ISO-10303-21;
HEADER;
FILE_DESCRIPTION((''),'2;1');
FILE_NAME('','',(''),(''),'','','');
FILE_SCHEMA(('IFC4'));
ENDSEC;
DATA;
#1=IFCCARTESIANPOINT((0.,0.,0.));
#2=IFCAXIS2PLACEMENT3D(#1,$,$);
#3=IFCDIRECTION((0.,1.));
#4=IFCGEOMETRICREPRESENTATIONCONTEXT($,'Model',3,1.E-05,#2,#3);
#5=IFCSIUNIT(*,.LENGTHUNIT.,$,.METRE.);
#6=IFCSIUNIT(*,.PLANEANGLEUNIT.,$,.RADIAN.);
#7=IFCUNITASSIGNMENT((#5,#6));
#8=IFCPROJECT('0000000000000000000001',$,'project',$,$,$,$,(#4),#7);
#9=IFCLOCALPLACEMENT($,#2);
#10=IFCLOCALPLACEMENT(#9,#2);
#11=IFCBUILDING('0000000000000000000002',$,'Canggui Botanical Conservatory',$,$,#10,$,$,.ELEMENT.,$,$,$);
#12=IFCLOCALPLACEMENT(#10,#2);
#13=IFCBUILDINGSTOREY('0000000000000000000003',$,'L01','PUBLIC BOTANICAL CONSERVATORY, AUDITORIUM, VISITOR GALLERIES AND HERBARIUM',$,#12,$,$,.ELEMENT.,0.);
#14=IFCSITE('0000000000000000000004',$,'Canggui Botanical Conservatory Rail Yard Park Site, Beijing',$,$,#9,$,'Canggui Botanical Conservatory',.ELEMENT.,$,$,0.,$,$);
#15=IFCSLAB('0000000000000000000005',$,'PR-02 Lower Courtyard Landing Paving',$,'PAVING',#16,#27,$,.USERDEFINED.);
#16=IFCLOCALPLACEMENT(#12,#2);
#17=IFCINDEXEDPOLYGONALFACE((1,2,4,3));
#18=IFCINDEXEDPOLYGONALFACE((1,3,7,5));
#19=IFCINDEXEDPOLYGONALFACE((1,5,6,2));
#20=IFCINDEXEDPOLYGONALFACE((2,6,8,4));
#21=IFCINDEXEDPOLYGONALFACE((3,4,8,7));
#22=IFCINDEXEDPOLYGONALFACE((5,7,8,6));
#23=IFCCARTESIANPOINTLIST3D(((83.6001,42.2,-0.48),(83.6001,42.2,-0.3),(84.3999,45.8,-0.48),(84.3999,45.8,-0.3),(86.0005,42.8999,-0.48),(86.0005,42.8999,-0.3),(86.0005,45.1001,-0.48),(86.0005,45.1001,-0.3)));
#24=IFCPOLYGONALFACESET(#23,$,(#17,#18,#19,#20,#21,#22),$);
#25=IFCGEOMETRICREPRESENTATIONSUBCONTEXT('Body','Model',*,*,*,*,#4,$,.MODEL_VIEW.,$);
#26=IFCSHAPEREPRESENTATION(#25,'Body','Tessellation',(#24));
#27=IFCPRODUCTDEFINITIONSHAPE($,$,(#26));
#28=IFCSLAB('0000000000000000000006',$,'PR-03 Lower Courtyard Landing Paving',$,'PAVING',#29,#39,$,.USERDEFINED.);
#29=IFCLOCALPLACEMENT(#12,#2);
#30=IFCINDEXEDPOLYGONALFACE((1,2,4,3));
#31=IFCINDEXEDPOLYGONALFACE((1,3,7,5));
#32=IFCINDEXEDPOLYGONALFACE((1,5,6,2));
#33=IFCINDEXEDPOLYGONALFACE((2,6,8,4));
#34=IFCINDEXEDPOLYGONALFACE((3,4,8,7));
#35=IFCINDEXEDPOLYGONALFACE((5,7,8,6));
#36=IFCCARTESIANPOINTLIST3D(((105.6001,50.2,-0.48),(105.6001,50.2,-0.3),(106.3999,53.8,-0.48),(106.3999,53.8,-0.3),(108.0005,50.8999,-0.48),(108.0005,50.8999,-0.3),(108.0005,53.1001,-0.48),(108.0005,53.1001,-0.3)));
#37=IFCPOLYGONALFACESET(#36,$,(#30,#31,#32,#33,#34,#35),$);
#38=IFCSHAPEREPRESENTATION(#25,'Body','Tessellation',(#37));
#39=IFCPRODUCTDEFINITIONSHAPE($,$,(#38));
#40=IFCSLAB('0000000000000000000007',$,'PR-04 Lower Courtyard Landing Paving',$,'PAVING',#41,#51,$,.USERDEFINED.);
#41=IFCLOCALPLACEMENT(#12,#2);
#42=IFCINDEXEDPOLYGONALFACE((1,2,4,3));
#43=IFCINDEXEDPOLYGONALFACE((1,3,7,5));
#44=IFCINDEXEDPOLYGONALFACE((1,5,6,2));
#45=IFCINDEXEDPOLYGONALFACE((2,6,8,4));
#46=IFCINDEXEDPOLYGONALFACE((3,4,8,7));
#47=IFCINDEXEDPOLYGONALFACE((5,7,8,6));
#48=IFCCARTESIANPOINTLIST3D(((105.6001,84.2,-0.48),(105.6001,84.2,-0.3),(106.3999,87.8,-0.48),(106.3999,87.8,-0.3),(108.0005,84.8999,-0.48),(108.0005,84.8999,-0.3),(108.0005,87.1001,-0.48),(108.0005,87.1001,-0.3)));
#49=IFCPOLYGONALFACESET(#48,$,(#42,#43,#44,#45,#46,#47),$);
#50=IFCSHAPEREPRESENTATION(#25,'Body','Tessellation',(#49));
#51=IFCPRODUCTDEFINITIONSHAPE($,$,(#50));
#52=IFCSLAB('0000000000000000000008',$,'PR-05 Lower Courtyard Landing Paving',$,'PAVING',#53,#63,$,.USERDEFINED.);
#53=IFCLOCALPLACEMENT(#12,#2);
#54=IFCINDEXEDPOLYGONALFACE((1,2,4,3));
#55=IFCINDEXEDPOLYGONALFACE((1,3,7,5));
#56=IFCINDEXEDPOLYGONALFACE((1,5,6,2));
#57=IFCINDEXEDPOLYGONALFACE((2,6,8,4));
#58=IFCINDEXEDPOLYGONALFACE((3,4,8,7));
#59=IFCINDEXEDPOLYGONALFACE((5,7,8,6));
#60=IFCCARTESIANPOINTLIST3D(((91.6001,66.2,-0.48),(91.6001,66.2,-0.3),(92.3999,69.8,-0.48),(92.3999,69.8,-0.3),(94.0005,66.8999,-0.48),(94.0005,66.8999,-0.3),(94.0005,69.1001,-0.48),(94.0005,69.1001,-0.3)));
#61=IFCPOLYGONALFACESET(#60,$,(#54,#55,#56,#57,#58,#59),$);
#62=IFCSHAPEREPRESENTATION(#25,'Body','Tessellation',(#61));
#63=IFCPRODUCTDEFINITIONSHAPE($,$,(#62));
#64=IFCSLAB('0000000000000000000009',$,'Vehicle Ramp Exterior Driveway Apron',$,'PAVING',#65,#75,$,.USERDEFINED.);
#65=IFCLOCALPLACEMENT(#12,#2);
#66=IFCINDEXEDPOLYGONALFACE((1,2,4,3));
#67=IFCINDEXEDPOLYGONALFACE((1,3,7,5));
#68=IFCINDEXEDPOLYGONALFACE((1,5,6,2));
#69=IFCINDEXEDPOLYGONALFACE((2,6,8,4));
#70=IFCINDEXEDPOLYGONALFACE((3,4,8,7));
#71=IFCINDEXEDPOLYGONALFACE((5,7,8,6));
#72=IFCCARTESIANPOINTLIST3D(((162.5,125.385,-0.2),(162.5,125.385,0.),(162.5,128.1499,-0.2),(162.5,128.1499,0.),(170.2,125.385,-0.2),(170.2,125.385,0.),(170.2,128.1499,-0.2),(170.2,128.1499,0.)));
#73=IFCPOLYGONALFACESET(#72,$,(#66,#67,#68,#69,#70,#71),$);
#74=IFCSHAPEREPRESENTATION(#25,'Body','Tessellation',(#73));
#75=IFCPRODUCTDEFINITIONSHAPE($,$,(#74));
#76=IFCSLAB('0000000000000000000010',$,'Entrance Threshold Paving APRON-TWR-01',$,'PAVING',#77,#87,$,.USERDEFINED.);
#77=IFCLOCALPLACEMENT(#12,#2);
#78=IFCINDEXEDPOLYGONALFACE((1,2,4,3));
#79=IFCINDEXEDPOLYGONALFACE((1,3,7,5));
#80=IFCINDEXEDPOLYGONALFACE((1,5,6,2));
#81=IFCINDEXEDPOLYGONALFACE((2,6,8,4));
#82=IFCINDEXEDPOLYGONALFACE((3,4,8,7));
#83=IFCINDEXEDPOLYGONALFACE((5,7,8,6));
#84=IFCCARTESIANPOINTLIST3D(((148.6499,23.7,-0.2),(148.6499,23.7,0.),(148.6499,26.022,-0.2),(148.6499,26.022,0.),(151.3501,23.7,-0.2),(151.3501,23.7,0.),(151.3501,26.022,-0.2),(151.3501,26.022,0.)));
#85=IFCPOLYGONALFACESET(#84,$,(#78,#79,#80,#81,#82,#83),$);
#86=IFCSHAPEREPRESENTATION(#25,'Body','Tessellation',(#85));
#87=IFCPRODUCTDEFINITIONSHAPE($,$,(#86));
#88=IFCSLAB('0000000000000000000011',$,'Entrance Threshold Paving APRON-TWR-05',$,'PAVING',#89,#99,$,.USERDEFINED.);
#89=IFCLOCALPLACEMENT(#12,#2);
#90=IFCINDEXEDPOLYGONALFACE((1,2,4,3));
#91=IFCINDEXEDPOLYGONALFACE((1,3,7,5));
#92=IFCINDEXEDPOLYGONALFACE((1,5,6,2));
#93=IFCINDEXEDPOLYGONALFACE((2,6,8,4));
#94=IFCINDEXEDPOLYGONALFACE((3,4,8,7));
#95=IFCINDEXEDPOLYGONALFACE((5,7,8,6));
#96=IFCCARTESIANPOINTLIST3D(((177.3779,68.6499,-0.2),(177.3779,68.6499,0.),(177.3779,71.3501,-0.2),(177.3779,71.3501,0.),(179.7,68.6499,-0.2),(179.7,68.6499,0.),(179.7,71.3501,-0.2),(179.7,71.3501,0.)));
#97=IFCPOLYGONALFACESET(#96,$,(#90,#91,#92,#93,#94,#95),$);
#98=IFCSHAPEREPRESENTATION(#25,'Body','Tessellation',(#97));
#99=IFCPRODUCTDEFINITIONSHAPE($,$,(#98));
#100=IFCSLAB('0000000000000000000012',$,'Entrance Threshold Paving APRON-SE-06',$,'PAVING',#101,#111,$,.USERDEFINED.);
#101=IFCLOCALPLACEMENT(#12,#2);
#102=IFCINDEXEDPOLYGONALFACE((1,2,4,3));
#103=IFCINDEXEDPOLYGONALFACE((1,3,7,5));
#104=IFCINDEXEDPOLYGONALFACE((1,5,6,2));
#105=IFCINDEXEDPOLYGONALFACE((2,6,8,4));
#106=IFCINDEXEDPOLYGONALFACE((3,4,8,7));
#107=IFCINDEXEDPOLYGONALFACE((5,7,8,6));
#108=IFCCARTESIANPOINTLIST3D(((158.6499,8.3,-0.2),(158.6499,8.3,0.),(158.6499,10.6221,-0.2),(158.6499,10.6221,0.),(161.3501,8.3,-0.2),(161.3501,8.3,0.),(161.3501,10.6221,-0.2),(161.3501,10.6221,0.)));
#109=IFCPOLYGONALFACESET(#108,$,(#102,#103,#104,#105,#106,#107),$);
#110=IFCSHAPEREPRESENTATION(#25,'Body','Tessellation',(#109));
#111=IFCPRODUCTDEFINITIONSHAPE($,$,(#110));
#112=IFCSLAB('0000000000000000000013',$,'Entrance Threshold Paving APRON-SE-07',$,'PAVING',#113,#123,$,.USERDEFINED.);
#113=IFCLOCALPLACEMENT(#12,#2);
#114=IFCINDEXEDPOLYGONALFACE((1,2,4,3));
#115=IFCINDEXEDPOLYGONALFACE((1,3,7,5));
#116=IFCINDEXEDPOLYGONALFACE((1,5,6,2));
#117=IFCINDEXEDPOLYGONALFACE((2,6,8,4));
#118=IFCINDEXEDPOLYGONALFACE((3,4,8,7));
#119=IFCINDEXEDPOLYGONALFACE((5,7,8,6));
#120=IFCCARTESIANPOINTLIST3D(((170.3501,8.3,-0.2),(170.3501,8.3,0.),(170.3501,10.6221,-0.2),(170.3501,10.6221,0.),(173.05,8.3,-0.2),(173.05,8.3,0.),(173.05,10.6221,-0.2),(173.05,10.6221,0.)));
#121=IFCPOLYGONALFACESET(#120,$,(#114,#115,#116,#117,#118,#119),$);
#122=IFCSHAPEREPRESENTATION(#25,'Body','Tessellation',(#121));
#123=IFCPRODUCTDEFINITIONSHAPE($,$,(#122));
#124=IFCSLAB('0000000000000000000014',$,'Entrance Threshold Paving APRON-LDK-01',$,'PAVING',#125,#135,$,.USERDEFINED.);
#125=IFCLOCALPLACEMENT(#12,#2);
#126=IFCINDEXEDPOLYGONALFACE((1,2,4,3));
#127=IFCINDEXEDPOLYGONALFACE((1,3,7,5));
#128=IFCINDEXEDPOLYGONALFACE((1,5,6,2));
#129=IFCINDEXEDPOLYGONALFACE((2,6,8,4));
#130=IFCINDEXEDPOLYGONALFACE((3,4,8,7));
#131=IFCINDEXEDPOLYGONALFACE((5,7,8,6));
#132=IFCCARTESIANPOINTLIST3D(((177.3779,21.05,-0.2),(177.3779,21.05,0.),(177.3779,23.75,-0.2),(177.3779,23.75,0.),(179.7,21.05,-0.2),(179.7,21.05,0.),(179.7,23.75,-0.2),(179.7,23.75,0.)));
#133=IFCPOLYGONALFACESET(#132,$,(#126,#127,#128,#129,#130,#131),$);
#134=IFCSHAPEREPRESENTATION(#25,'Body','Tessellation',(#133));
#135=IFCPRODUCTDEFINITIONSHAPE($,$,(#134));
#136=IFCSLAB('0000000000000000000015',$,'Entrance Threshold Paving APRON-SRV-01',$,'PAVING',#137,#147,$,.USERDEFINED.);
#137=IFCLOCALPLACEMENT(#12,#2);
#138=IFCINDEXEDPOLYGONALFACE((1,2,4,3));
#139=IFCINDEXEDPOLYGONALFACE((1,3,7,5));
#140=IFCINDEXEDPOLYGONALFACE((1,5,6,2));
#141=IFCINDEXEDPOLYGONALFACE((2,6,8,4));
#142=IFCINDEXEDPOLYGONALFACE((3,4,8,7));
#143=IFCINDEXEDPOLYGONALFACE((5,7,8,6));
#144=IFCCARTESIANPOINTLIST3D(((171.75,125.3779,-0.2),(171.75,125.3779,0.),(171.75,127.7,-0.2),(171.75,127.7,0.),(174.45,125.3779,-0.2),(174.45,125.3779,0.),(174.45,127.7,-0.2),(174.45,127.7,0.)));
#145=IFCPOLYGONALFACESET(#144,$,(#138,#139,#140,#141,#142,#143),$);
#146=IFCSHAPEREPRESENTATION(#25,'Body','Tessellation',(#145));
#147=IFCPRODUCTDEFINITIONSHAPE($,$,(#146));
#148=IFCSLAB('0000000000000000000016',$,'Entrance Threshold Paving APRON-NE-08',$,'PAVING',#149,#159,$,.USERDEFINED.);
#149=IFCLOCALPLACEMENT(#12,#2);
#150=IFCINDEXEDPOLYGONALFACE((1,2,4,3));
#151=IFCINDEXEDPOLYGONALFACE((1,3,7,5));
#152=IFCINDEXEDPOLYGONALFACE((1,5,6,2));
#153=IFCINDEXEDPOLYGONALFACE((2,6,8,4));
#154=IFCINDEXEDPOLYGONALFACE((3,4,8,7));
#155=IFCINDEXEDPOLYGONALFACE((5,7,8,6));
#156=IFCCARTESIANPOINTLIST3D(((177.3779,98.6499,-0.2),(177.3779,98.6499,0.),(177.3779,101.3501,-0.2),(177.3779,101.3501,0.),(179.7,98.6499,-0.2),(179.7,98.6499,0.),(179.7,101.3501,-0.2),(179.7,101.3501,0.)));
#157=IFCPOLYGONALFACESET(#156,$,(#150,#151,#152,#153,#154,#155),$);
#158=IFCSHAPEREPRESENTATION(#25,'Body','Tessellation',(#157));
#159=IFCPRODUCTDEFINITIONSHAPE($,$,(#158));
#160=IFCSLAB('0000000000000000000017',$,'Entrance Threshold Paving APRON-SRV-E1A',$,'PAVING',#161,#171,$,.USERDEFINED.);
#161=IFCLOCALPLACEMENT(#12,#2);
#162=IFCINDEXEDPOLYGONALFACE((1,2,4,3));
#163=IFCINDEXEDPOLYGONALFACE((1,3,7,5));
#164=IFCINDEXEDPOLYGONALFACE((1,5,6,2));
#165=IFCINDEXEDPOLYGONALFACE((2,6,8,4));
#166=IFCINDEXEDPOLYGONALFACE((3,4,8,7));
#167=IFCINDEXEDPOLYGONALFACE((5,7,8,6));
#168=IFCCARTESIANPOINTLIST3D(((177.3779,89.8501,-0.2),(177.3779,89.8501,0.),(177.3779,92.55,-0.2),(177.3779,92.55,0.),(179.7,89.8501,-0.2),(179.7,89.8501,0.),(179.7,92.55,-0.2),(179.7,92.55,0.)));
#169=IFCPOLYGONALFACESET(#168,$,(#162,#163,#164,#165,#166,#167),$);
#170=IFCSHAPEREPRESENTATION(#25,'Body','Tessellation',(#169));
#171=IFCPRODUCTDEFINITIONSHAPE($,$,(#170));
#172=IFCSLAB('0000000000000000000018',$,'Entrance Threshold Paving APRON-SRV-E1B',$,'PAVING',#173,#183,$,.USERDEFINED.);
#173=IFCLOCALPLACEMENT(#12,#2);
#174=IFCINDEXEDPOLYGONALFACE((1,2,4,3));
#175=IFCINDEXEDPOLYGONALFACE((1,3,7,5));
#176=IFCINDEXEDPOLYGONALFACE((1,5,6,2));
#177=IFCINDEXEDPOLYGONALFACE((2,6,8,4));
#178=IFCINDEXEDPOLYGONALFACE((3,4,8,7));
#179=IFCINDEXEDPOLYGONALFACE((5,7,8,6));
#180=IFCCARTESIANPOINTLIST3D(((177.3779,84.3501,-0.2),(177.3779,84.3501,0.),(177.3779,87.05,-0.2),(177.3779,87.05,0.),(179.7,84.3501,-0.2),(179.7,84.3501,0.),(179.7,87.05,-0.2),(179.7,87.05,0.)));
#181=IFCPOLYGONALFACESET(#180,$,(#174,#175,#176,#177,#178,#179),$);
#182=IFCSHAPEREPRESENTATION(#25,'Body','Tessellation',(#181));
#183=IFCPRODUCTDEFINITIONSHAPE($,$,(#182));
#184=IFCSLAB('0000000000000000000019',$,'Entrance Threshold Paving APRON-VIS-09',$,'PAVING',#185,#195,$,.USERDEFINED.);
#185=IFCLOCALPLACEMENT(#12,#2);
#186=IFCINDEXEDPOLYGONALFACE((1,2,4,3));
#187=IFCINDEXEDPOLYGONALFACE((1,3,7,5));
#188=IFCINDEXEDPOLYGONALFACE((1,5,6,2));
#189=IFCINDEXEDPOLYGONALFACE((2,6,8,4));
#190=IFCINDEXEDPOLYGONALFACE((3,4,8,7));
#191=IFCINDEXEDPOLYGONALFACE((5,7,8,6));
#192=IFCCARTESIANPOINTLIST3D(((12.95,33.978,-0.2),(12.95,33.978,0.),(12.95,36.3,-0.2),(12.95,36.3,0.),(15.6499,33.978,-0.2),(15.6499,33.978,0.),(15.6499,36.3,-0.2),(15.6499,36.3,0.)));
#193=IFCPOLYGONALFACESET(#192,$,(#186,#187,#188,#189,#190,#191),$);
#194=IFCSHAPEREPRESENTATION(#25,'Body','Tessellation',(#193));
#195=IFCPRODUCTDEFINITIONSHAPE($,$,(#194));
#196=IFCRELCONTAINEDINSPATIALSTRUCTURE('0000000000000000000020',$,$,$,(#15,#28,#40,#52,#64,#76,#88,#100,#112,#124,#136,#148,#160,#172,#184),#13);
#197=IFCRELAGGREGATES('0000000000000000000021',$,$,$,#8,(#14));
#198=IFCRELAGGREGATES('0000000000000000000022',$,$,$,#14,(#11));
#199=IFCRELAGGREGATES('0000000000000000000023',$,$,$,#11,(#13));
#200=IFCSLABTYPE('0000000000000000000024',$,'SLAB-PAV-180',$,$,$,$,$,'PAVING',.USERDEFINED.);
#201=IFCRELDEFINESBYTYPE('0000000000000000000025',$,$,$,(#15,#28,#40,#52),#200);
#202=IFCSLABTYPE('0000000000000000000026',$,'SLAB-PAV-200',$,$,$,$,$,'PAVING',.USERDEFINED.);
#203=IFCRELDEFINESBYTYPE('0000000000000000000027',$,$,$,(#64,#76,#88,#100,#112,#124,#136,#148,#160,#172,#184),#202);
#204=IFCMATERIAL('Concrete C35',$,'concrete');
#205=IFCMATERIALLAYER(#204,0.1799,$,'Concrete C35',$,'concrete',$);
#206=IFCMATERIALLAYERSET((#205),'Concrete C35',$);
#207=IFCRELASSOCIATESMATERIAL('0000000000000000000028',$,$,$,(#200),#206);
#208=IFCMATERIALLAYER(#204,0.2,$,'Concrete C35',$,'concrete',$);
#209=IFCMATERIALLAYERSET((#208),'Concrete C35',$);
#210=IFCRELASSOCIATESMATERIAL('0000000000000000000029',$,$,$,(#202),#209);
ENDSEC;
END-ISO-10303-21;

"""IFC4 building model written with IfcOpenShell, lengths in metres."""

from ifc_helpers import new_model, si_unit, direction, frame, origin, place, context, subcontext, project, spatial, polyline, outline, extrude, material, layer, layer_set, type_object, element, save


model = new_model("IFC4")

# Units and contexts
model_context = context("Model", 3, precision=1e-05, world=origin(), true_north=direction((0.0, 1.0)))
body_context = subcontext(model_context, "Body", "Model", "MODEL_VIEW")
ifc_project = project(units=[si_unit("LENGTHUNIT", "METRE"), si_unit("PLANEANGLEUNIT", "RADIAN")], contexts=[model_context])

# Site, building, storey
site_placement = place(None, origin())
site = spatial("IfcSite", under=ifc_project, at=site_placement, Name="Canggui Botanical Conservatory Rail Yard Park Site, Beijing", LongName="Canggui Botanical Conservatory", CompositionType="ELEMENT", RefElevation=0.0)
building_placement = place(site_placement, origin())
building = spatial("IfcBuilding", under=site, at=building_placement, Name="Canggui Botanical Conservatory", CompositionType="ELEMENT")
storey_placement = place(building_placement, origin())
storey = spatial("IfcBuildingStorey", under=building, at=storey_placement, Name="L01", Description="PUBLIC BOTANICAL CONSERVATORY, AUDITORIUM, VISITOR GALLERIES AND HERBARIUM", CompositionType="ELEMENT", Elevation=0.0)

# Slabs
ifc_material = material(Name="Concrete C35", Category="concrete")
ifc_layer_1 = layer(ifc_material, 0.1799, Name="Concrete C35", Category="concrete")
ifc_layer_set_1 = layer_set([ifc_layer_1], Name="Concrete C35")
slab_type_1 = type_object("IfcSlabType", Name="SLAB-PAV-180", ElementType="PAVING", PredefinedType="USERDEFINED", material=ifc_layer_set_1)
slab_1_placement = place(storey_placement, frame((0.0, 0.0, -0.48)))
element("IfcSlab", 1, at=slab_1_placement, inside=storey, type_object=slab_type_1, Name="PR-02 Lower Courtyard Landing Paving", ObjectType="PAVING", PredefinedType="USERDEFINED", context=body_context, shape_type="SweptSolid", body=[
    extrude(outline(polyline([(83.6001, 42.2), (86.0005, 42.8999), (86.0005, 45.1001), (84.3999, 45.8), (83.6001, 42.2)])), origin(), (0.0, 0.0, 1.0), 0.1799),
])
slab_2_placement = place(storey_placement, frame((0.0, 0.0, -0.48)))
element("IfcSlab", 2, at=slab_2_placement, inside=storey, type_object=slab_type_1, Name="PR-03 Lower Courtyard Landing Paving", ObjectType="PAVING", PredefinedType="USERDEFINED", context=body_context, shape_type="SweptSolid", body=[
    extrude(outline(polyline([(105.6001, 50.2), (108.0005, 50.8999), (108.0005, 53.1001), (106.3999, 53.8), (105.6001, 50.2)])), origin(), (0.0, 0.0, 1.0), 0.1799),
])
slab_3_placement = place(storey_placement, frame((0.0, 0.0, -0.48)))
element("IfcSlab", 3, at=slab_3_placement, inside=storey, type_object=slab_type_1, Name="PR-04 Lower Courtyard Landing Paving", ObjectType="PAVING", PredefinedType="USERDEFINED", context=body_context, shape_type="SweptSolid", body=[
    extrude(outline(polyline([(105.6001, 84.2), (108.0005, 84.8999), (108.0005, 87.1001), (106.3999, 87.8), (105.6001, 84.2)])), origin(), (0.0, 0.0, 1.0), 0.1799),
])
slab_4_placement = place(storey_placement, frame((0.0, 0.0, -0.48)))
element("IfcSlab", 4, at=slab_4_placement, inside=storey, type_object=slab_type_1, Name="PR-05 Lower Courtyard Landing Paving", ObjectType="PAVING", PredefinedType="USERDEFINED", context=body_context, shape_type="SweptSolid", body=[
    extrude(outline(polyline([(91.6001, 66.2), (94.0005, 66.8999), (94.0005, 69.1001), (92.3999, 69.8), (91.6001, 66.2)])), origin(), (0.0, 0.0, 1.0), 0.1799),
])
ifc_layer_2 = layer(ifc_material, 0.2, Name="Concrete C35", Category="concrete")
ifc_layer_set_2 = layer_set([ifc_layer_2], Name="Concrete C35")
slab_type_2 = type_object("IfcSlabType", Name="SLAB-PAV-200", ElementType="PAVING", PredefinedType="USERDEFINED", material=ifc_layer_set_2)
slab_5_placement = place(storey_placement, frame((0.0, 0.0, -0.2)))
element("IfcSlab", 5, at=slab_5_placement, inside=storey, type_object=slab_type_2, Name="Vehicle Ramp Exterior Driveway Apron", ObjectType="PAVING", PredefinedType="USERDEFINED", context=body_context, shape_type="SweptSolid", body=[
    extrude(outline(polyline([(162.5, 125.385), (170.2, 125.385), (170.2, 128.1499), (162.5, 128.1499), (162.5, 125.385)])), origin(), (0.0, 0.0, 1.0), 0.2),
])
slab_6_placement = place(storey_placement, frame((0.0, 0.0, -0.2)))
element("IfcSlab", 6, at=slab_6_placement, inside=storey, type_object=slab_type_2, Name="Entrance Threshold Paving APRON-TWR-01", ObjectType="PAVING", PredefinedType="USERDEFINED", context=body_context, shape_type="SweptSolid", body=[
    extrude(outline(polyline([(148.6499, 26.022), (151.3501, 26.022), (151.3501, 23.7), (148.6499, 23.7), (148.6499, 26.022)])), origin(), (0.0, 0.0, 1.0), 0.2),
])
slab_7_placement = place(storey_placement, frame((0.0, 0.0, -0.2)))
element("IfcSlab", 7, at=slab_7_placement, inside=storey, type_object=slab_type_2, Name="Entrance Threshold Paving APRON-TWR-05", ObjectType="PAVING", PredefinedType="USERDEFINED", context=body_context, shape_type="SweptSolid", body=[
    extrude(outline(polyline([(177.3779, 68.6499), (177.3779, 71.3501), (179.7, 71.3501), (179.7, 68.6499), (177.3779, 68.6499)])), origin(), (0.0, 0.0, 1.0), 0.2),
])
slab_8_placement = place(storey_placement, frame((0.0, 0.0, -0.2)))
element("IfcSlab", 8, at=slab_8_placement, inside=storey, type_object=slab_type_2, Name="Entrance Threshold Paving APRON-SE-06", ObjectType="PAVING", PredefinedType="USERDEFINED", context=body_context, shape_type="SweptSolid", body=[
    extrude(outline(polyline([(158.6499, 10.6221), (161.3501, 10.6221), (161.3501, 8.3), (158.6499, 8.3), (158.6499, 10.6221)])), origin(), (0.0, 0.0, 1.0), 0.2),
])
slab_9_placement = place(storey_placement, frame((0.0, 0.0, -0.2)))
element("IfcSlab", 9, at=slab_9_placement, inside=storey, type_object=slab_type_2, Name="Entrance Threshold Paving APRON-SE-07", ObjectType="PAVING", PredefinedType="USERDEFINED", context=body_context, shape_type="SweptSolid", body=[
    extrude(outline(polyline([(170.3501, 10.6221), (173.05, 10.6221), (173.05, 8.3), (170.3501, 8.3), (170.3501, 10.6221)])), origin(), (0.0, 0.0, 1.0), 0.2),
])
slab_10_placement = place(storey_placement, frame((0.0, 0.0, -0.2)))
element("IfcSlab", 10, at=slab_10_placement, inside=storey, type_object=slab_type_2, Name="Entrance Threshold Paving APRON-LDK-01", ObjectType="PAVING", PredefinedType="USERDEFINED", context=body_context, shape_type="SweptSolid", body=[
    extrude(outline(polyline([(177.3779, 21.05), (177.3779, 23.75), (179.7, 23.75), (179.7, 21.05), (177.3779, 21.05)])), origin(), (0.0, 0.0, 1.0), 0.2),
])
slab_11_placement = place(storey_placement, frame((0.0, 0.0, -0.2)))
element("IfcSlab", 11, at=slab_11_placement, inside=storey, type_object=slab_type_2, Name="Entrance Threshold Paving APRON-SRV-01", ObjectType="PAVING", PredefinedType="USERDEFINED", context=body_context, shape_type="SweptSolid", body=[
    extrude(outline(polyline([(174.45, 125.3779), (171.75, 125.3779), (171.75, 127.7), (174.45, 127.7), (174.45, 125.3779)])), origin(), (0.0, 0.0, 1.0), 0.2),
])
slab_12_placement = place(storey_placement, frame((0.0, 0.0, -0.2)))
element("IfcSlab", 12, at=slab_12_placement, inside=storey, type_object=slab_type_2, Name="Entrance Threshold Paving APRON-NE-08", ObjectType="PAVING", PredefinedType="USERDEFINED", context=body_context, shape_type="SweptSolid", body=[
    extrude(outline(polyline([(177.3779, 98.6499), (177.3779, 101.3501), (179.7, 101.3501), (179.7, 98.6499), (177.3779, 98.6499)])), origin(), (0.0, 0.0, 1.0), 0.2),
])
slab_13_placement = place(storey_placement, frame((0.0, 0.0, -0.2)))
element("IfcSlab", 13, at=slab_13_placement, inside=storey, type_object=slab_type_2, Name="Entrance Threshold Paving APRON-SRV-E1A", ObjectType="PAVING", PredefinedType="USERDEFINED", context=body_context, shape_type="SweptSolid", body=[
    extrude(outline(polyline([(177.3779, 89.8501), (177.3779, 92.55), (179.7, 92.55), (179.7, 89.8501), (177.3779, 89.8501)])), origin(), (0.0, 0.0, 1.0), 0.2),
])
slab_14_placement = place(storey_placement, frame((0.0, 0.0, -0.2)))
element("IfcSlab", 14, at=slab_14_placement, inside=storey, type_object=slab_type_2, Name="Entrance Threshold Paving APRON-SRV-E1B", ObjectType="PAVING", PredefinedType="USERDEFINED", context=body_context, shape_type="SweptSolid", body=[
    extrude(outline(polyline([(177.3779, 84.3501), (177.3779, 87.05), (179.7, 87.05), (179.7, 84.3501), (177.3779, 84.3501)])), origin(), (0.0, 0.0, 1.0), 0.2),
])
slab_15_placement = place(storey_placement, frame((0.0, 0.0, -0.2)))
element("IfcSlab", 15, at=slab_15_placement, inside=storey, type_object=slab_type_2, Name="Entrance Threshold Paving APRON-VIS-09", ObjectType="PAVING", PredefinedType="USERDEFINED", context=body_context, shape_type="SweptSolid", body=[
    extrude(outline(polyline([(15.6499, 33.978), (12.95, 33.978), (12.95, 36.3), (15.6499, 36.3), (15.6499, 33.978)])), origin(), (0.0, 0.0, 1.0), 0.2),
])

save(model, "model.ifc")
